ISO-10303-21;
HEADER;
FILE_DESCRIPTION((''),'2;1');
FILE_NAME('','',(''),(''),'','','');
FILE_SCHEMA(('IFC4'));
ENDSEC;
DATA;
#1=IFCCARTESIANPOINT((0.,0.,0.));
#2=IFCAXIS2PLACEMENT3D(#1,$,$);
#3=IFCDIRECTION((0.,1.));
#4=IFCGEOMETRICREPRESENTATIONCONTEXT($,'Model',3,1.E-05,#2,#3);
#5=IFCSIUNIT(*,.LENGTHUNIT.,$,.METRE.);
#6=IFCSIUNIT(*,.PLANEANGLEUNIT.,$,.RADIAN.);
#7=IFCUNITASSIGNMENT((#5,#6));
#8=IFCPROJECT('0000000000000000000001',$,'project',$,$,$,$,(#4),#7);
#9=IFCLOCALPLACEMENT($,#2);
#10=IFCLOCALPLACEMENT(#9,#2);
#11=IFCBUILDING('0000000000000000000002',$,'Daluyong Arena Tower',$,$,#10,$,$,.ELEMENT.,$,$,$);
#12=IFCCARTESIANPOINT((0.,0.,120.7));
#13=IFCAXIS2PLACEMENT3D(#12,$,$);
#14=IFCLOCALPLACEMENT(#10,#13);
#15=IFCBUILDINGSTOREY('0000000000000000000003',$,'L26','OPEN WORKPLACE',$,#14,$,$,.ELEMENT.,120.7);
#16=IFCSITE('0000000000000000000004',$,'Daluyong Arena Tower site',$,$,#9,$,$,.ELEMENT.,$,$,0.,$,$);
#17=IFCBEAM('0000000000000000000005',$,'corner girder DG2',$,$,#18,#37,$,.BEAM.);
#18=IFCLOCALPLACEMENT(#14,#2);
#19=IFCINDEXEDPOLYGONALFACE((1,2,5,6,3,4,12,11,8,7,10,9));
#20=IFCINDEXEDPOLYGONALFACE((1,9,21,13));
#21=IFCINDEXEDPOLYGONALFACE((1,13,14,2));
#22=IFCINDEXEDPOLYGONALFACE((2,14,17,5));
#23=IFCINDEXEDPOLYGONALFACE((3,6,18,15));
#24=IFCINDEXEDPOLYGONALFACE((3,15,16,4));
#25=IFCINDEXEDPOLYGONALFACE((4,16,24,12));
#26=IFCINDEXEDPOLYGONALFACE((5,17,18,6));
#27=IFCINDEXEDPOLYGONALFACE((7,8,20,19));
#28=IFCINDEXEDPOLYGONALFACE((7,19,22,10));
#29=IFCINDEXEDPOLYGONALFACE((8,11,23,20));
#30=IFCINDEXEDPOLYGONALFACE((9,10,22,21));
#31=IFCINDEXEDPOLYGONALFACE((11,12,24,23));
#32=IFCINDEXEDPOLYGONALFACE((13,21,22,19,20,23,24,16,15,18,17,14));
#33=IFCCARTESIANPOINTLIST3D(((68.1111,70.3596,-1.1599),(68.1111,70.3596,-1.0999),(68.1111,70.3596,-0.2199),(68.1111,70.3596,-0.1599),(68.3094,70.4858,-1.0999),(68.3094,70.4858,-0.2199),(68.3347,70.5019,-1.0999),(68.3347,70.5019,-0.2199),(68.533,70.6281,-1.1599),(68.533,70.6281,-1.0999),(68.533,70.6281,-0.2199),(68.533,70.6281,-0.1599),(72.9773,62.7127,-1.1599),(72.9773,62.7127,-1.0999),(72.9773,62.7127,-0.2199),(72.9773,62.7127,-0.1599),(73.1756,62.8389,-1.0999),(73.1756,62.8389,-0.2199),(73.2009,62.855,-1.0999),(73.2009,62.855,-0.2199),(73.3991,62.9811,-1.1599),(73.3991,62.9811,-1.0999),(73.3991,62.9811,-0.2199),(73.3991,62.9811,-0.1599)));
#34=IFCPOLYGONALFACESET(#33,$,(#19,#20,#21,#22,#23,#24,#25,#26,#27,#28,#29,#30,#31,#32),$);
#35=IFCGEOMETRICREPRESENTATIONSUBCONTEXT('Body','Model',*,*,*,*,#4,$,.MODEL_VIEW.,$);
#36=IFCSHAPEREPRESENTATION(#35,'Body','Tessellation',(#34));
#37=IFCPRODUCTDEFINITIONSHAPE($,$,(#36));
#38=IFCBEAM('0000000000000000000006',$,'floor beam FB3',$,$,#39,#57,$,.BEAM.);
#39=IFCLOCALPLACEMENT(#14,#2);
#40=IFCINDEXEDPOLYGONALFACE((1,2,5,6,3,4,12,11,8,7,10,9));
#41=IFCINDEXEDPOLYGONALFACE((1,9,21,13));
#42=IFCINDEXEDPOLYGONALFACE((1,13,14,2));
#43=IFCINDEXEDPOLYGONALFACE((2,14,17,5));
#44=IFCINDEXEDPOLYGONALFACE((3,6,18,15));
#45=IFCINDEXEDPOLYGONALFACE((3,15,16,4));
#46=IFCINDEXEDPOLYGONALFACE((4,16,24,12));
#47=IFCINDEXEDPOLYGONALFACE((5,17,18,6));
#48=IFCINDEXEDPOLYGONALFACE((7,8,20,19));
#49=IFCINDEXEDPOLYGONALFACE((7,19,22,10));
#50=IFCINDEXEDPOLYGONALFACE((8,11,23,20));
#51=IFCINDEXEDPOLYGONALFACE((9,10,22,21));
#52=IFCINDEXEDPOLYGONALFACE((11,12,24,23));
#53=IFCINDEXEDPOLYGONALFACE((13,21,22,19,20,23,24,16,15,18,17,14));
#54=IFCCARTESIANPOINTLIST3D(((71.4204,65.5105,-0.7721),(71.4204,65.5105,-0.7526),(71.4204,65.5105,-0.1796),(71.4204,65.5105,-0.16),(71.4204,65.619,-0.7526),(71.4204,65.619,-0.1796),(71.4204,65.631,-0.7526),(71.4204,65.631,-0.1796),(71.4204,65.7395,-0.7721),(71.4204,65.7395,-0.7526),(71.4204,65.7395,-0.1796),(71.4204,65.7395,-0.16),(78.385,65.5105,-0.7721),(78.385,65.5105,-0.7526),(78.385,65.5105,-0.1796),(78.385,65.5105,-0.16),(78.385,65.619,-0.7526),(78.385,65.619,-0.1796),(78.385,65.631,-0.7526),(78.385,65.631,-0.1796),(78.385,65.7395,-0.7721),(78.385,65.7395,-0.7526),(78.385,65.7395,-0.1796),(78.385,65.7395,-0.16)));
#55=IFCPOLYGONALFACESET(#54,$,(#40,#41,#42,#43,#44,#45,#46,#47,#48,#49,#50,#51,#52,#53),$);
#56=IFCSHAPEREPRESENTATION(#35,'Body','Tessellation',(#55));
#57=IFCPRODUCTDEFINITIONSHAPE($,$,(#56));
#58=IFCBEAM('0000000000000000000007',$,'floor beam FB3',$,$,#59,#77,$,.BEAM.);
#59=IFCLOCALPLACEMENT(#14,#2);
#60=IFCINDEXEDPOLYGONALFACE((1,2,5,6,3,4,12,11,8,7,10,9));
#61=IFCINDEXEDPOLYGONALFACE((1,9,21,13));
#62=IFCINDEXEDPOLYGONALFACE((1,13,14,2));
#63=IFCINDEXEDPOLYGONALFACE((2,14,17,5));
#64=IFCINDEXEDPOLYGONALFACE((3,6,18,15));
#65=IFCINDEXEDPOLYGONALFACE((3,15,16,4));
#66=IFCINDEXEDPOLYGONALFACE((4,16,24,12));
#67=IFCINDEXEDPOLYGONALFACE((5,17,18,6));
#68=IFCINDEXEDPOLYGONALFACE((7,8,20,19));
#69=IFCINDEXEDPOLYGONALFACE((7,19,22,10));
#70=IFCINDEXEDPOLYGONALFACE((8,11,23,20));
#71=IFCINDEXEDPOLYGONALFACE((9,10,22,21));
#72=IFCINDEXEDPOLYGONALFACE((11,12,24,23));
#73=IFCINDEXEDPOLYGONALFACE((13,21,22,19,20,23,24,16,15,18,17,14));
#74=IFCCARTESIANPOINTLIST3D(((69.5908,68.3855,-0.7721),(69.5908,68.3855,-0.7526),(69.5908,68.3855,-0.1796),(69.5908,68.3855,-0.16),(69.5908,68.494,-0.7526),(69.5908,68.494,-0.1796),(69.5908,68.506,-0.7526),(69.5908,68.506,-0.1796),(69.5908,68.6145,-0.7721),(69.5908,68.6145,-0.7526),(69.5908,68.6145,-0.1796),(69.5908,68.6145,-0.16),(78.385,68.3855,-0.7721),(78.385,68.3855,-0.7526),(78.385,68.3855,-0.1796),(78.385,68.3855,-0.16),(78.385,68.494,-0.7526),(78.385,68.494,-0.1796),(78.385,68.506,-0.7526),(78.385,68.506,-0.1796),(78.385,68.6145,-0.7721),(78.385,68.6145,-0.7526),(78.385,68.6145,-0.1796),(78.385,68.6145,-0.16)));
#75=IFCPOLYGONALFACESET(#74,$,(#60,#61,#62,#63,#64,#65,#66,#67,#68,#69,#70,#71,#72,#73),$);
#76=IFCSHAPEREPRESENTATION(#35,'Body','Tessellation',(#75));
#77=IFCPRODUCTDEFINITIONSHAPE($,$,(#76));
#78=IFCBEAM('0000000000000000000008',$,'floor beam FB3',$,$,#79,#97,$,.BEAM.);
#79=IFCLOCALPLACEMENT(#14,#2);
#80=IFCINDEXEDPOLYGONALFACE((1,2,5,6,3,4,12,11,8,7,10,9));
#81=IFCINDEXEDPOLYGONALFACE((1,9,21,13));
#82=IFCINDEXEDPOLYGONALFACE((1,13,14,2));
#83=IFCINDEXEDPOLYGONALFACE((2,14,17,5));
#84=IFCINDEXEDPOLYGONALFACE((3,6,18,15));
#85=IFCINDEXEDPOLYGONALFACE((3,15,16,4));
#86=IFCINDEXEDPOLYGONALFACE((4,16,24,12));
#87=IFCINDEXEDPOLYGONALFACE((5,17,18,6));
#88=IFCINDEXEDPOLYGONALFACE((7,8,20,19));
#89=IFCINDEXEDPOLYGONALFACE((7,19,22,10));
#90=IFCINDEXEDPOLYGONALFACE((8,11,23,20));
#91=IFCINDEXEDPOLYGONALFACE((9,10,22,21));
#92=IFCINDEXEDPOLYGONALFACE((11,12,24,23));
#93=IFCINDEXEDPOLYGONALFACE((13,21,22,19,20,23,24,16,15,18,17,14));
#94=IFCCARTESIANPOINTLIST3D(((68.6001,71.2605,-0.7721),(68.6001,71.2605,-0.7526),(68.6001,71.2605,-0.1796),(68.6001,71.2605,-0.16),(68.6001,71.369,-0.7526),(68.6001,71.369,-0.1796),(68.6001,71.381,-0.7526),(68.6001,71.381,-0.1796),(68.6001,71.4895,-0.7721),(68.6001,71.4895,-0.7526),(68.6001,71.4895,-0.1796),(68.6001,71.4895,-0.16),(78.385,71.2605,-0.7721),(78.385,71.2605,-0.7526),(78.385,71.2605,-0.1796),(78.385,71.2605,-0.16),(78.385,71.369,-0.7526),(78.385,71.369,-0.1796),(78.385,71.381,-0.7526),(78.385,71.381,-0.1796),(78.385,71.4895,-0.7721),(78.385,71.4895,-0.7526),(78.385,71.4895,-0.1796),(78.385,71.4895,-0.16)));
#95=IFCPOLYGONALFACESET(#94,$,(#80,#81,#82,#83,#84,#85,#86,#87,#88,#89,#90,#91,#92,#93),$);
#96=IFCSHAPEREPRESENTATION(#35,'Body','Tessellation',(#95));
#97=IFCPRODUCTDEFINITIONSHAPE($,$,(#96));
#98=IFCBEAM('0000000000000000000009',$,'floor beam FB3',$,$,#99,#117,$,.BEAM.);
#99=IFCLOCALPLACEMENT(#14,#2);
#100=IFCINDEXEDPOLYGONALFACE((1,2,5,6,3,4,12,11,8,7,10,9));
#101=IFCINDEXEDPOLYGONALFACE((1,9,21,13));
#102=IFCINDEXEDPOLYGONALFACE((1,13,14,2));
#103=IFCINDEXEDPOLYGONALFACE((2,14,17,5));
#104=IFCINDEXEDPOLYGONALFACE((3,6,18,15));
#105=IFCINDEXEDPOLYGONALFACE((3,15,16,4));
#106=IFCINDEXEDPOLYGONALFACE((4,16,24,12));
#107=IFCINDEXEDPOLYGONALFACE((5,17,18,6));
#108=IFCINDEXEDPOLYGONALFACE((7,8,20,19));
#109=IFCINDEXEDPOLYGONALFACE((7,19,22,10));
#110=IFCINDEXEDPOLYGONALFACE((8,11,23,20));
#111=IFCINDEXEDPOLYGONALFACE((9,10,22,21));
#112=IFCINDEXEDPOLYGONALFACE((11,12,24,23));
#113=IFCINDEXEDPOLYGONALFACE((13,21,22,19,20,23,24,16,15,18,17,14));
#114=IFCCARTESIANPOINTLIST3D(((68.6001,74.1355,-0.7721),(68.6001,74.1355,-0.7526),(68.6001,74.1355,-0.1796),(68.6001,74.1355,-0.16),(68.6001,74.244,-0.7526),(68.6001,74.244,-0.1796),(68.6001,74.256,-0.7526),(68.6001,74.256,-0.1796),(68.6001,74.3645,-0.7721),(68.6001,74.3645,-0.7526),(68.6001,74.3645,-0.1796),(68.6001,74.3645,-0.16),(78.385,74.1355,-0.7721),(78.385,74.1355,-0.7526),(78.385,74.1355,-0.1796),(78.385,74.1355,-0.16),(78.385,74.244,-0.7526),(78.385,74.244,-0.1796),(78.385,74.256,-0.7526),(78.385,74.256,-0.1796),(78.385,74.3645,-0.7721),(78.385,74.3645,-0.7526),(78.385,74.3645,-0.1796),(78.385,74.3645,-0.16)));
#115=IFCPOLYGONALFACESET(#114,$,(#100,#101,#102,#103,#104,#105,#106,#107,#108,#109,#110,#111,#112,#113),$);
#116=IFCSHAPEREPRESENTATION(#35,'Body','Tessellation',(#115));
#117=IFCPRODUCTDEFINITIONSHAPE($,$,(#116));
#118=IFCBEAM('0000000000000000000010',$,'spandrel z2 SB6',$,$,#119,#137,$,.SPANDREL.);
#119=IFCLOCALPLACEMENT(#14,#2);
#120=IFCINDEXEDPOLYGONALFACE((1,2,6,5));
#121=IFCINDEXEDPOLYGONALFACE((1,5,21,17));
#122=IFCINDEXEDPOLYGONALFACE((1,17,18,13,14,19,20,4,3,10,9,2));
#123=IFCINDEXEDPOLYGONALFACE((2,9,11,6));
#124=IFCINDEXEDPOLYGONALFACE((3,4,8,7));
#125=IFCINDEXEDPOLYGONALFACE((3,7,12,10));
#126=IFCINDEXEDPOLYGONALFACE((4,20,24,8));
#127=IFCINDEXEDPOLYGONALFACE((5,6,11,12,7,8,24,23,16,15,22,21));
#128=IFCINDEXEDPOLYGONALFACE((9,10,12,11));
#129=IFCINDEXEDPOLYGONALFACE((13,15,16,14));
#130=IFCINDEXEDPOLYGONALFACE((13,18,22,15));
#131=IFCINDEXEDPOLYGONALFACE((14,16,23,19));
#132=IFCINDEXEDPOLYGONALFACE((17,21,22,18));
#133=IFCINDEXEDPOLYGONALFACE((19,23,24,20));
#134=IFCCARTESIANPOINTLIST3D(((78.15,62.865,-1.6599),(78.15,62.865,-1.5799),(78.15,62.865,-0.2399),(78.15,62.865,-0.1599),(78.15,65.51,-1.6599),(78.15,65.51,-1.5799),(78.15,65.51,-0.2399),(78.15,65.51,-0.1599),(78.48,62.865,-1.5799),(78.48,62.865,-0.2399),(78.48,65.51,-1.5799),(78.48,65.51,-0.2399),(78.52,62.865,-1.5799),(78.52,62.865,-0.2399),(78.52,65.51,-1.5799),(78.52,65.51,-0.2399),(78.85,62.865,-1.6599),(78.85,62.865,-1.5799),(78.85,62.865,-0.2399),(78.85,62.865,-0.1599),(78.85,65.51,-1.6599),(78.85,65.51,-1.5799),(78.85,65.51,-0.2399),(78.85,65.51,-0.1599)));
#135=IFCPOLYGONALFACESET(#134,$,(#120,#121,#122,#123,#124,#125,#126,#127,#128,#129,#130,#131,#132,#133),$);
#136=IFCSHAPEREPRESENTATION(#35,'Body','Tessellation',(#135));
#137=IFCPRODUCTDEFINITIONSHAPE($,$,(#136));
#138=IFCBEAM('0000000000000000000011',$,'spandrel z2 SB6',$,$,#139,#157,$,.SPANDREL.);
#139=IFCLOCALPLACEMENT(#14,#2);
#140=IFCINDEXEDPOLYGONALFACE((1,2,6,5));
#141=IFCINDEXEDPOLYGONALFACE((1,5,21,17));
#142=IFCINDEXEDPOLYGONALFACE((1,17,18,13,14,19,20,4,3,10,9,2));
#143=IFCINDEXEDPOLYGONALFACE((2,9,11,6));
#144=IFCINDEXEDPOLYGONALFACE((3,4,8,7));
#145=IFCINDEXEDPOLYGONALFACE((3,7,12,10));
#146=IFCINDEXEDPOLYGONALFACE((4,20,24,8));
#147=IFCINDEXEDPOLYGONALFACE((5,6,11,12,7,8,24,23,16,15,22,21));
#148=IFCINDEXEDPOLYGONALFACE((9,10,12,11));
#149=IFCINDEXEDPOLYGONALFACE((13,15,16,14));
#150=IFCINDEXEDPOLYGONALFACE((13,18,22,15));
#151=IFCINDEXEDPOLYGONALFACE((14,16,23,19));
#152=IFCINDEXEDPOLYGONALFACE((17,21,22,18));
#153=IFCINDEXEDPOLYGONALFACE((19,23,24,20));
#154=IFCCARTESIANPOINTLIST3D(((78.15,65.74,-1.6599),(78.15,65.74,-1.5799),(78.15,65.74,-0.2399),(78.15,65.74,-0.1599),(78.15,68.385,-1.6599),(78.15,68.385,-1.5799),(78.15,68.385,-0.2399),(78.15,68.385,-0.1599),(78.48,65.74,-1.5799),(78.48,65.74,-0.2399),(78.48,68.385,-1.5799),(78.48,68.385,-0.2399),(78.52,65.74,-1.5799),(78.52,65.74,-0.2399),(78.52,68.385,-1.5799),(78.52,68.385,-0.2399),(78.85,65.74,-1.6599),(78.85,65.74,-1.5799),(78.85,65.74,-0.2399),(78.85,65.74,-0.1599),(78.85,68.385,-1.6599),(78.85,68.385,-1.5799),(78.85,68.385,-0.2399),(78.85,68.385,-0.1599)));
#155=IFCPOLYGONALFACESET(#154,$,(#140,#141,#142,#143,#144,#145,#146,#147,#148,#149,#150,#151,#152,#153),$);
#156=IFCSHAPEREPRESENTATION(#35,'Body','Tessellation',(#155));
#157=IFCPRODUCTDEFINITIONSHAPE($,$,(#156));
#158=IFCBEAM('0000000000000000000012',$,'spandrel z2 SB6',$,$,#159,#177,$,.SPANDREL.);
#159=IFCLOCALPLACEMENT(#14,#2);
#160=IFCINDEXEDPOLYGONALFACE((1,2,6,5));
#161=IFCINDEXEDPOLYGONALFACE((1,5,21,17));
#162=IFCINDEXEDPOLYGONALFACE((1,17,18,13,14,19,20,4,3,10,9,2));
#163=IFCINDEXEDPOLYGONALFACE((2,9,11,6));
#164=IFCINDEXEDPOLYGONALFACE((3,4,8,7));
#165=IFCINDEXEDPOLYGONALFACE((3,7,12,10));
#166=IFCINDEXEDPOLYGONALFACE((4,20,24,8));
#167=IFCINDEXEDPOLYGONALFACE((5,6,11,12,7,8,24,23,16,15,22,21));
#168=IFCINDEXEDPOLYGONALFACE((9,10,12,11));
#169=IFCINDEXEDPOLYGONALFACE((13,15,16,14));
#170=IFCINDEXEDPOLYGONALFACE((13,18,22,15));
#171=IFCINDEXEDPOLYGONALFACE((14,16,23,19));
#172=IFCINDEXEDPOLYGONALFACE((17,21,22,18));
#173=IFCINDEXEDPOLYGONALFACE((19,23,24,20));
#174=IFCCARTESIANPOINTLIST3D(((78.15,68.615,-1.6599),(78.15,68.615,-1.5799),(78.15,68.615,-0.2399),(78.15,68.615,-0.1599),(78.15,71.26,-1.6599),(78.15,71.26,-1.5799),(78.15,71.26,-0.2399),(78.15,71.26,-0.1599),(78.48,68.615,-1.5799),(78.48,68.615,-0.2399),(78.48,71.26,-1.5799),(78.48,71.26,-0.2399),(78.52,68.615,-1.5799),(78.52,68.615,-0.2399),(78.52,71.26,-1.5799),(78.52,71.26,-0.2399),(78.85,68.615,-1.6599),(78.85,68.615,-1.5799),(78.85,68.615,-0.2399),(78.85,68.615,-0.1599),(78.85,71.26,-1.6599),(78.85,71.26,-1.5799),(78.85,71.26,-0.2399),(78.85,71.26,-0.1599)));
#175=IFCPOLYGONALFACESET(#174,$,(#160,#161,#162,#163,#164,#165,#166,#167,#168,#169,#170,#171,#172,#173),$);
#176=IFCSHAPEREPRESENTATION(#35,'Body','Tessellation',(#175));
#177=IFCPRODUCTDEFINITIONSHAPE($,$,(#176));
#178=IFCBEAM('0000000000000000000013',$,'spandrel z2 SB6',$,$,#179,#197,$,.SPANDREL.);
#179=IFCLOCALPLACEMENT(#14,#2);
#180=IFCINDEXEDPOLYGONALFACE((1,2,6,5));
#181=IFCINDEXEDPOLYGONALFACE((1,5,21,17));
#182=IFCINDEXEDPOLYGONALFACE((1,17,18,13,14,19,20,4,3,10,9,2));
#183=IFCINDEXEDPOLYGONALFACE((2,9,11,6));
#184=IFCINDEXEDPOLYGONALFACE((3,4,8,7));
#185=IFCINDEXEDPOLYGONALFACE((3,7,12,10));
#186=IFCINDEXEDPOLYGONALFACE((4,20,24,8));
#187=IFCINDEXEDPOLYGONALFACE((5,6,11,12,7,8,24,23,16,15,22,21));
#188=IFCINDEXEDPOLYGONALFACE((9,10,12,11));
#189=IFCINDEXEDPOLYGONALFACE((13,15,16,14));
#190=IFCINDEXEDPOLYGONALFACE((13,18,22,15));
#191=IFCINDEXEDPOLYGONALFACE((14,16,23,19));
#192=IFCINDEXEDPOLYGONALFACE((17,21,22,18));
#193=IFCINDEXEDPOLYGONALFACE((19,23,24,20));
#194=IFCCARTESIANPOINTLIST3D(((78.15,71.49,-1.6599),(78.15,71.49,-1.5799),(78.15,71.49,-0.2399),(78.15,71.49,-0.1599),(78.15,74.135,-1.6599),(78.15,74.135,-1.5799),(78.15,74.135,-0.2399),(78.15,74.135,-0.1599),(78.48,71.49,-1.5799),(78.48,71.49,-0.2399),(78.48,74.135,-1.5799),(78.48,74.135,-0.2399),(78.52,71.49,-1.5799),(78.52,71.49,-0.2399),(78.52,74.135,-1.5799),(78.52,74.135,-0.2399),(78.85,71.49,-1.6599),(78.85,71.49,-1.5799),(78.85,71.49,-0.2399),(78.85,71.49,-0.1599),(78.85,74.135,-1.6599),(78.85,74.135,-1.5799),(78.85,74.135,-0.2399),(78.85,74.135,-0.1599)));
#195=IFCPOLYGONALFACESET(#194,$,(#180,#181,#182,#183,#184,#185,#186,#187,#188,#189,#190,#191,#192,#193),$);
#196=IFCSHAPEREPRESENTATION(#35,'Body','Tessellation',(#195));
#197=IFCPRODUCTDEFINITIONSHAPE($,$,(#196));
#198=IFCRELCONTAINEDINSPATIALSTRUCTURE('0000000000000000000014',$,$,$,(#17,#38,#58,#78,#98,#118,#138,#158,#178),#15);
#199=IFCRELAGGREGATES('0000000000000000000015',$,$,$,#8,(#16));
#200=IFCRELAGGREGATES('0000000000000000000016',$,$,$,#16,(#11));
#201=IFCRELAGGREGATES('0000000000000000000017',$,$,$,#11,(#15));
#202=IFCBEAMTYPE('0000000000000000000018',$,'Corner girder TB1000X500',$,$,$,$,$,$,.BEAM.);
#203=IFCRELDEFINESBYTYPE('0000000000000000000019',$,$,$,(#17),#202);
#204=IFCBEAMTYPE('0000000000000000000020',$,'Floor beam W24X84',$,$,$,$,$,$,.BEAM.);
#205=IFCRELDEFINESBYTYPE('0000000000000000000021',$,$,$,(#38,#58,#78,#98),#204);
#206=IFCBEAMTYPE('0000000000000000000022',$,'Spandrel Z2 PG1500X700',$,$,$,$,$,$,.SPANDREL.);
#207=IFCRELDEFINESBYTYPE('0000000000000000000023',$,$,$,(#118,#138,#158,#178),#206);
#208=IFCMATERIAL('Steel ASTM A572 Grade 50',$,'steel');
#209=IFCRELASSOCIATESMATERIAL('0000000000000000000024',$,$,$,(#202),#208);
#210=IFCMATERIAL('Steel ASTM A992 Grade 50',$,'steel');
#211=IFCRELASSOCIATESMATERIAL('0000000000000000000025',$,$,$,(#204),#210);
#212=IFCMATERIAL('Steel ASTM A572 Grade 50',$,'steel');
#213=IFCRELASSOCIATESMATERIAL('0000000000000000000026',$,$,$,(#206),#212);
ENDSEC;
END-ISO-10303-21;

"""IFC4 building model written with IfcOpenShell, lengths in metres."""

from ifc_helpers import new_model, si_unit, direction, frame, origin, origin_2d, place, context, subcontext, project, spatial, i_section, extrude, material, material_profile, profile_set, type_object, element, save


model = new_model("IFC4")

# Units and contexts
model_context = context("Model", 3, precision=1e-05, world=origin(), true_north=direction((0.0, 1.0)))
body_context = subcontext(model_context, "Body", "Model", "MODEL_VIEW")
ifc_project = project(units=[si_unit("LENGTHUNIT", "METRE"), si_unit("PLANEANGLEUNIT", "RADIAN")], contexts=[model_context])

# Site, building, storey
site_placement = place(None, origin())
site = spatial("IfcSite", under=ifc_project, at=site_placement, Name="Daluyong Arena Tower site", CompositionType="ELEMENT", RefElevation=0.0)
building_placement = place(site_placement, origin())
building = spatial("IfcBuilding", under=site, at=building_placement, Name="Daluyong Arena Tower", CompositionType="ELEMENT")
storey_placement = place(building_placement, frame((0.0, 0.0, 120.7)))
storey = spatial("IfcBuildingStorey", under=building, at=storey_placement, Name="L26", Description="OPEN WORKPLACE", CompositionType="ELEMENT", Elevation=120.7)

# Beams
ifc_material_1 = material(Name="Steel ASTM A572 Grade 50", Category="steel")
ifc_material_profile_1 = material_profile(ifc_material_1, i_section(OverallWidth=0.5, OverallDepth=1.0, WebThickness=0.03, FlangeThickness=0.06, at=origin_2d()))
ifc_profile_set_1 = profile_set([ifc_material_profile_1], Name="Steel ASTM A572 Grade 50")
beam_type_1 = type_object("IfcBeamType", Name="Corner girder TB1000X500", PredefinedType="BEAM", material=ifc_profile_set_1)
beam_1_placement = place(storey_placement, frame((73.1882, 62.8469, -0.6599), z_axis=(-0.536872, 0.843664, 0.0), x_axis=(-0.843664, -0.536872, 0.0)))
element("IfcBeam", 1, at=beam_1_placement, inside=storey, type_object=beam_type_1, Name="corner girder DG2", PredefinedType="BEAM", context=body_context, shape_type="SweptSolid", body=[
    extrude(i_section(OverallWidth=0.5, OverallDepth=1.0, WebThickness=0.03, FlangeThickness=0.06, at=origin_2d()), origin(), (0.0, 0.0, 1.0), 9.064),
])
ifc_material_2 = material(Name="Steel ASTM A992 Grade 50", Category="steel")
ifc_material_profile_2 = material_profile(ifc_material_2, i_section(OverallWidth=0.229, OverallDepth=0.6121, WebThickness=0.012, FlangeThickness=0.0195, at=origin_2d()))
ifc_profile_set_2 = profile_set([ifc_material_profile_2], Name="Steel ASTM A992 Grade 50")
beam_type_2 = type_object("IfcBeamType", Name="Floor beam W24X84", PredefinedType="BEAM", material=ifc_profile_set_2)
beam_2_placement = place(storey_placement, frame((78.385, 65.625, -0.4661), z_axis=(-1.0, 0.0, 0.0), x_axis=(0.0, -1.0, 0.0)))
element("IfcBeam", 2, at=beam_2_placement, inside=storey, type_object=beam_type_2, Name="floor beam FB3", PredefinedType="BEAM", context=body_context, shape_type="SweptSolid", body=[
    extrude(i_section(OverallWidth=0.229, OverallDepth=0.6121, WebThickness=0.012, FlangeThickness=0.0195, at=origin_2d()), origin(), (0.0, 0.0, 1.0), 6.9646),
])
beam_3_placement = place(storey_placement, frame((78.385, 68.5, -0.4661), z_axis=(-1.0, 0.0, 0.0), x_axis=(0.0, -1.0, 0.0)))
element("IfcBeam", 3, at=beam_3_placement, inside=storey, type_object=beam_type_2, Name="floor beam FB3", PredefinedType="BEAM", context=body_context, shape_type="SweptSolid", body=[
    extrude(i_section(OverallWidth=0.229, OverallDepth=0.6121, WebThickness=0.012, FlangeThickness=0.0195, at=origin_2d()), origin(), (0.0, 0.0, 1.0), 8.7942),
])
for number, where, z_axis, x_axis, name in (
    (4, (78.385, 71.375, -0.4661), (-1.0, 0.0, 0.0), (0.0, -1.0, 0.0), "floor beam FB3"),
    (5, (78.385, 74.25, -0.4661), (-1.0, 0.0, 0.0), (0.0, -1.0, 0.0), "floor beam FB3"),
):
    element("IfcBeam", number, at=place(storey_placement, frame(where, z_axis=z_axis, x_axis=x_axis)), inside=storey, type_object=beam_type_2, Name=name, PredefinedType="BEAM", context=body_context, shape_type="SweptSolid", body=[
        extrude(i_section(OverallWidth=0.229, OverallDepth=0.6121, WebThickness=0.012, FlangeThickness=0.0195, at=origin_2d()), origin(), (0.0, 0.0, 1.0), 9.7849),
    ])
ifc_material_3 = material(Name="Steel ASTM A572 Grade 50", Category="steel")
ifc_material_profile_3 = material_profile(ifc_material_3, i_section(OverallWidth=0.7, OverallDepth=1.5, WebThickness=0.04, FlangeThickness=0.08, at=origin_2d()))
ifc_profile_set_3 = profile_set([ifc_material_profile_3], Name="Steel ASTM A572 Grade 50")
beam_type_3 = type_object("IfcBeamType", Name="Spandrel Z2 PG1500X700", PredefinedType="SPANDREL", material=ifc_profile_set_3)
for number, where, z_axis, x_axis, name in (
    (6, (78.5, 62.865, -0.9099), (0.0, 1.0, 0.0), (-1.0, 0.0, 0.0), "spandrel z2 SB6"),
    (7, (78.5, 65.74, -0.9099), (0.0, 1.0, 0.0), (-1.0, 0.0, 0.0), "spandrel z2 SB6"),
    (8, (78.5, 68.615, -0.9099), (0.0, 1.0, 0.0), (-1.0, 0.0, 0.0), "spandrel z2 SB6"),
    (9, (78.5, 71.49, -0.9099), (0.0, 1.0, 0.0), (-1.0, 0.0, 0.0), "spandrel z2 SB6"),
):
    element("IfcBeam", number, at=place(storey_placement, frame(where, z_axis=z_axis, x_axis=x_axis)), inside=storey, type_object=beam_type_3, Name=name, PredefinedType="SPANDREL", context=body_context, shape_type="SweptSolid", body=[
        extrude(i_section(OverallWidth=0.7, OverallDepth=1.5, WebThickness=0.04, FlangeThickness=0.08, at=origin_2d()), origin(), (0.0, 0.0, 1.0), 2.645),
    ])

save(model, "model.ifc")
